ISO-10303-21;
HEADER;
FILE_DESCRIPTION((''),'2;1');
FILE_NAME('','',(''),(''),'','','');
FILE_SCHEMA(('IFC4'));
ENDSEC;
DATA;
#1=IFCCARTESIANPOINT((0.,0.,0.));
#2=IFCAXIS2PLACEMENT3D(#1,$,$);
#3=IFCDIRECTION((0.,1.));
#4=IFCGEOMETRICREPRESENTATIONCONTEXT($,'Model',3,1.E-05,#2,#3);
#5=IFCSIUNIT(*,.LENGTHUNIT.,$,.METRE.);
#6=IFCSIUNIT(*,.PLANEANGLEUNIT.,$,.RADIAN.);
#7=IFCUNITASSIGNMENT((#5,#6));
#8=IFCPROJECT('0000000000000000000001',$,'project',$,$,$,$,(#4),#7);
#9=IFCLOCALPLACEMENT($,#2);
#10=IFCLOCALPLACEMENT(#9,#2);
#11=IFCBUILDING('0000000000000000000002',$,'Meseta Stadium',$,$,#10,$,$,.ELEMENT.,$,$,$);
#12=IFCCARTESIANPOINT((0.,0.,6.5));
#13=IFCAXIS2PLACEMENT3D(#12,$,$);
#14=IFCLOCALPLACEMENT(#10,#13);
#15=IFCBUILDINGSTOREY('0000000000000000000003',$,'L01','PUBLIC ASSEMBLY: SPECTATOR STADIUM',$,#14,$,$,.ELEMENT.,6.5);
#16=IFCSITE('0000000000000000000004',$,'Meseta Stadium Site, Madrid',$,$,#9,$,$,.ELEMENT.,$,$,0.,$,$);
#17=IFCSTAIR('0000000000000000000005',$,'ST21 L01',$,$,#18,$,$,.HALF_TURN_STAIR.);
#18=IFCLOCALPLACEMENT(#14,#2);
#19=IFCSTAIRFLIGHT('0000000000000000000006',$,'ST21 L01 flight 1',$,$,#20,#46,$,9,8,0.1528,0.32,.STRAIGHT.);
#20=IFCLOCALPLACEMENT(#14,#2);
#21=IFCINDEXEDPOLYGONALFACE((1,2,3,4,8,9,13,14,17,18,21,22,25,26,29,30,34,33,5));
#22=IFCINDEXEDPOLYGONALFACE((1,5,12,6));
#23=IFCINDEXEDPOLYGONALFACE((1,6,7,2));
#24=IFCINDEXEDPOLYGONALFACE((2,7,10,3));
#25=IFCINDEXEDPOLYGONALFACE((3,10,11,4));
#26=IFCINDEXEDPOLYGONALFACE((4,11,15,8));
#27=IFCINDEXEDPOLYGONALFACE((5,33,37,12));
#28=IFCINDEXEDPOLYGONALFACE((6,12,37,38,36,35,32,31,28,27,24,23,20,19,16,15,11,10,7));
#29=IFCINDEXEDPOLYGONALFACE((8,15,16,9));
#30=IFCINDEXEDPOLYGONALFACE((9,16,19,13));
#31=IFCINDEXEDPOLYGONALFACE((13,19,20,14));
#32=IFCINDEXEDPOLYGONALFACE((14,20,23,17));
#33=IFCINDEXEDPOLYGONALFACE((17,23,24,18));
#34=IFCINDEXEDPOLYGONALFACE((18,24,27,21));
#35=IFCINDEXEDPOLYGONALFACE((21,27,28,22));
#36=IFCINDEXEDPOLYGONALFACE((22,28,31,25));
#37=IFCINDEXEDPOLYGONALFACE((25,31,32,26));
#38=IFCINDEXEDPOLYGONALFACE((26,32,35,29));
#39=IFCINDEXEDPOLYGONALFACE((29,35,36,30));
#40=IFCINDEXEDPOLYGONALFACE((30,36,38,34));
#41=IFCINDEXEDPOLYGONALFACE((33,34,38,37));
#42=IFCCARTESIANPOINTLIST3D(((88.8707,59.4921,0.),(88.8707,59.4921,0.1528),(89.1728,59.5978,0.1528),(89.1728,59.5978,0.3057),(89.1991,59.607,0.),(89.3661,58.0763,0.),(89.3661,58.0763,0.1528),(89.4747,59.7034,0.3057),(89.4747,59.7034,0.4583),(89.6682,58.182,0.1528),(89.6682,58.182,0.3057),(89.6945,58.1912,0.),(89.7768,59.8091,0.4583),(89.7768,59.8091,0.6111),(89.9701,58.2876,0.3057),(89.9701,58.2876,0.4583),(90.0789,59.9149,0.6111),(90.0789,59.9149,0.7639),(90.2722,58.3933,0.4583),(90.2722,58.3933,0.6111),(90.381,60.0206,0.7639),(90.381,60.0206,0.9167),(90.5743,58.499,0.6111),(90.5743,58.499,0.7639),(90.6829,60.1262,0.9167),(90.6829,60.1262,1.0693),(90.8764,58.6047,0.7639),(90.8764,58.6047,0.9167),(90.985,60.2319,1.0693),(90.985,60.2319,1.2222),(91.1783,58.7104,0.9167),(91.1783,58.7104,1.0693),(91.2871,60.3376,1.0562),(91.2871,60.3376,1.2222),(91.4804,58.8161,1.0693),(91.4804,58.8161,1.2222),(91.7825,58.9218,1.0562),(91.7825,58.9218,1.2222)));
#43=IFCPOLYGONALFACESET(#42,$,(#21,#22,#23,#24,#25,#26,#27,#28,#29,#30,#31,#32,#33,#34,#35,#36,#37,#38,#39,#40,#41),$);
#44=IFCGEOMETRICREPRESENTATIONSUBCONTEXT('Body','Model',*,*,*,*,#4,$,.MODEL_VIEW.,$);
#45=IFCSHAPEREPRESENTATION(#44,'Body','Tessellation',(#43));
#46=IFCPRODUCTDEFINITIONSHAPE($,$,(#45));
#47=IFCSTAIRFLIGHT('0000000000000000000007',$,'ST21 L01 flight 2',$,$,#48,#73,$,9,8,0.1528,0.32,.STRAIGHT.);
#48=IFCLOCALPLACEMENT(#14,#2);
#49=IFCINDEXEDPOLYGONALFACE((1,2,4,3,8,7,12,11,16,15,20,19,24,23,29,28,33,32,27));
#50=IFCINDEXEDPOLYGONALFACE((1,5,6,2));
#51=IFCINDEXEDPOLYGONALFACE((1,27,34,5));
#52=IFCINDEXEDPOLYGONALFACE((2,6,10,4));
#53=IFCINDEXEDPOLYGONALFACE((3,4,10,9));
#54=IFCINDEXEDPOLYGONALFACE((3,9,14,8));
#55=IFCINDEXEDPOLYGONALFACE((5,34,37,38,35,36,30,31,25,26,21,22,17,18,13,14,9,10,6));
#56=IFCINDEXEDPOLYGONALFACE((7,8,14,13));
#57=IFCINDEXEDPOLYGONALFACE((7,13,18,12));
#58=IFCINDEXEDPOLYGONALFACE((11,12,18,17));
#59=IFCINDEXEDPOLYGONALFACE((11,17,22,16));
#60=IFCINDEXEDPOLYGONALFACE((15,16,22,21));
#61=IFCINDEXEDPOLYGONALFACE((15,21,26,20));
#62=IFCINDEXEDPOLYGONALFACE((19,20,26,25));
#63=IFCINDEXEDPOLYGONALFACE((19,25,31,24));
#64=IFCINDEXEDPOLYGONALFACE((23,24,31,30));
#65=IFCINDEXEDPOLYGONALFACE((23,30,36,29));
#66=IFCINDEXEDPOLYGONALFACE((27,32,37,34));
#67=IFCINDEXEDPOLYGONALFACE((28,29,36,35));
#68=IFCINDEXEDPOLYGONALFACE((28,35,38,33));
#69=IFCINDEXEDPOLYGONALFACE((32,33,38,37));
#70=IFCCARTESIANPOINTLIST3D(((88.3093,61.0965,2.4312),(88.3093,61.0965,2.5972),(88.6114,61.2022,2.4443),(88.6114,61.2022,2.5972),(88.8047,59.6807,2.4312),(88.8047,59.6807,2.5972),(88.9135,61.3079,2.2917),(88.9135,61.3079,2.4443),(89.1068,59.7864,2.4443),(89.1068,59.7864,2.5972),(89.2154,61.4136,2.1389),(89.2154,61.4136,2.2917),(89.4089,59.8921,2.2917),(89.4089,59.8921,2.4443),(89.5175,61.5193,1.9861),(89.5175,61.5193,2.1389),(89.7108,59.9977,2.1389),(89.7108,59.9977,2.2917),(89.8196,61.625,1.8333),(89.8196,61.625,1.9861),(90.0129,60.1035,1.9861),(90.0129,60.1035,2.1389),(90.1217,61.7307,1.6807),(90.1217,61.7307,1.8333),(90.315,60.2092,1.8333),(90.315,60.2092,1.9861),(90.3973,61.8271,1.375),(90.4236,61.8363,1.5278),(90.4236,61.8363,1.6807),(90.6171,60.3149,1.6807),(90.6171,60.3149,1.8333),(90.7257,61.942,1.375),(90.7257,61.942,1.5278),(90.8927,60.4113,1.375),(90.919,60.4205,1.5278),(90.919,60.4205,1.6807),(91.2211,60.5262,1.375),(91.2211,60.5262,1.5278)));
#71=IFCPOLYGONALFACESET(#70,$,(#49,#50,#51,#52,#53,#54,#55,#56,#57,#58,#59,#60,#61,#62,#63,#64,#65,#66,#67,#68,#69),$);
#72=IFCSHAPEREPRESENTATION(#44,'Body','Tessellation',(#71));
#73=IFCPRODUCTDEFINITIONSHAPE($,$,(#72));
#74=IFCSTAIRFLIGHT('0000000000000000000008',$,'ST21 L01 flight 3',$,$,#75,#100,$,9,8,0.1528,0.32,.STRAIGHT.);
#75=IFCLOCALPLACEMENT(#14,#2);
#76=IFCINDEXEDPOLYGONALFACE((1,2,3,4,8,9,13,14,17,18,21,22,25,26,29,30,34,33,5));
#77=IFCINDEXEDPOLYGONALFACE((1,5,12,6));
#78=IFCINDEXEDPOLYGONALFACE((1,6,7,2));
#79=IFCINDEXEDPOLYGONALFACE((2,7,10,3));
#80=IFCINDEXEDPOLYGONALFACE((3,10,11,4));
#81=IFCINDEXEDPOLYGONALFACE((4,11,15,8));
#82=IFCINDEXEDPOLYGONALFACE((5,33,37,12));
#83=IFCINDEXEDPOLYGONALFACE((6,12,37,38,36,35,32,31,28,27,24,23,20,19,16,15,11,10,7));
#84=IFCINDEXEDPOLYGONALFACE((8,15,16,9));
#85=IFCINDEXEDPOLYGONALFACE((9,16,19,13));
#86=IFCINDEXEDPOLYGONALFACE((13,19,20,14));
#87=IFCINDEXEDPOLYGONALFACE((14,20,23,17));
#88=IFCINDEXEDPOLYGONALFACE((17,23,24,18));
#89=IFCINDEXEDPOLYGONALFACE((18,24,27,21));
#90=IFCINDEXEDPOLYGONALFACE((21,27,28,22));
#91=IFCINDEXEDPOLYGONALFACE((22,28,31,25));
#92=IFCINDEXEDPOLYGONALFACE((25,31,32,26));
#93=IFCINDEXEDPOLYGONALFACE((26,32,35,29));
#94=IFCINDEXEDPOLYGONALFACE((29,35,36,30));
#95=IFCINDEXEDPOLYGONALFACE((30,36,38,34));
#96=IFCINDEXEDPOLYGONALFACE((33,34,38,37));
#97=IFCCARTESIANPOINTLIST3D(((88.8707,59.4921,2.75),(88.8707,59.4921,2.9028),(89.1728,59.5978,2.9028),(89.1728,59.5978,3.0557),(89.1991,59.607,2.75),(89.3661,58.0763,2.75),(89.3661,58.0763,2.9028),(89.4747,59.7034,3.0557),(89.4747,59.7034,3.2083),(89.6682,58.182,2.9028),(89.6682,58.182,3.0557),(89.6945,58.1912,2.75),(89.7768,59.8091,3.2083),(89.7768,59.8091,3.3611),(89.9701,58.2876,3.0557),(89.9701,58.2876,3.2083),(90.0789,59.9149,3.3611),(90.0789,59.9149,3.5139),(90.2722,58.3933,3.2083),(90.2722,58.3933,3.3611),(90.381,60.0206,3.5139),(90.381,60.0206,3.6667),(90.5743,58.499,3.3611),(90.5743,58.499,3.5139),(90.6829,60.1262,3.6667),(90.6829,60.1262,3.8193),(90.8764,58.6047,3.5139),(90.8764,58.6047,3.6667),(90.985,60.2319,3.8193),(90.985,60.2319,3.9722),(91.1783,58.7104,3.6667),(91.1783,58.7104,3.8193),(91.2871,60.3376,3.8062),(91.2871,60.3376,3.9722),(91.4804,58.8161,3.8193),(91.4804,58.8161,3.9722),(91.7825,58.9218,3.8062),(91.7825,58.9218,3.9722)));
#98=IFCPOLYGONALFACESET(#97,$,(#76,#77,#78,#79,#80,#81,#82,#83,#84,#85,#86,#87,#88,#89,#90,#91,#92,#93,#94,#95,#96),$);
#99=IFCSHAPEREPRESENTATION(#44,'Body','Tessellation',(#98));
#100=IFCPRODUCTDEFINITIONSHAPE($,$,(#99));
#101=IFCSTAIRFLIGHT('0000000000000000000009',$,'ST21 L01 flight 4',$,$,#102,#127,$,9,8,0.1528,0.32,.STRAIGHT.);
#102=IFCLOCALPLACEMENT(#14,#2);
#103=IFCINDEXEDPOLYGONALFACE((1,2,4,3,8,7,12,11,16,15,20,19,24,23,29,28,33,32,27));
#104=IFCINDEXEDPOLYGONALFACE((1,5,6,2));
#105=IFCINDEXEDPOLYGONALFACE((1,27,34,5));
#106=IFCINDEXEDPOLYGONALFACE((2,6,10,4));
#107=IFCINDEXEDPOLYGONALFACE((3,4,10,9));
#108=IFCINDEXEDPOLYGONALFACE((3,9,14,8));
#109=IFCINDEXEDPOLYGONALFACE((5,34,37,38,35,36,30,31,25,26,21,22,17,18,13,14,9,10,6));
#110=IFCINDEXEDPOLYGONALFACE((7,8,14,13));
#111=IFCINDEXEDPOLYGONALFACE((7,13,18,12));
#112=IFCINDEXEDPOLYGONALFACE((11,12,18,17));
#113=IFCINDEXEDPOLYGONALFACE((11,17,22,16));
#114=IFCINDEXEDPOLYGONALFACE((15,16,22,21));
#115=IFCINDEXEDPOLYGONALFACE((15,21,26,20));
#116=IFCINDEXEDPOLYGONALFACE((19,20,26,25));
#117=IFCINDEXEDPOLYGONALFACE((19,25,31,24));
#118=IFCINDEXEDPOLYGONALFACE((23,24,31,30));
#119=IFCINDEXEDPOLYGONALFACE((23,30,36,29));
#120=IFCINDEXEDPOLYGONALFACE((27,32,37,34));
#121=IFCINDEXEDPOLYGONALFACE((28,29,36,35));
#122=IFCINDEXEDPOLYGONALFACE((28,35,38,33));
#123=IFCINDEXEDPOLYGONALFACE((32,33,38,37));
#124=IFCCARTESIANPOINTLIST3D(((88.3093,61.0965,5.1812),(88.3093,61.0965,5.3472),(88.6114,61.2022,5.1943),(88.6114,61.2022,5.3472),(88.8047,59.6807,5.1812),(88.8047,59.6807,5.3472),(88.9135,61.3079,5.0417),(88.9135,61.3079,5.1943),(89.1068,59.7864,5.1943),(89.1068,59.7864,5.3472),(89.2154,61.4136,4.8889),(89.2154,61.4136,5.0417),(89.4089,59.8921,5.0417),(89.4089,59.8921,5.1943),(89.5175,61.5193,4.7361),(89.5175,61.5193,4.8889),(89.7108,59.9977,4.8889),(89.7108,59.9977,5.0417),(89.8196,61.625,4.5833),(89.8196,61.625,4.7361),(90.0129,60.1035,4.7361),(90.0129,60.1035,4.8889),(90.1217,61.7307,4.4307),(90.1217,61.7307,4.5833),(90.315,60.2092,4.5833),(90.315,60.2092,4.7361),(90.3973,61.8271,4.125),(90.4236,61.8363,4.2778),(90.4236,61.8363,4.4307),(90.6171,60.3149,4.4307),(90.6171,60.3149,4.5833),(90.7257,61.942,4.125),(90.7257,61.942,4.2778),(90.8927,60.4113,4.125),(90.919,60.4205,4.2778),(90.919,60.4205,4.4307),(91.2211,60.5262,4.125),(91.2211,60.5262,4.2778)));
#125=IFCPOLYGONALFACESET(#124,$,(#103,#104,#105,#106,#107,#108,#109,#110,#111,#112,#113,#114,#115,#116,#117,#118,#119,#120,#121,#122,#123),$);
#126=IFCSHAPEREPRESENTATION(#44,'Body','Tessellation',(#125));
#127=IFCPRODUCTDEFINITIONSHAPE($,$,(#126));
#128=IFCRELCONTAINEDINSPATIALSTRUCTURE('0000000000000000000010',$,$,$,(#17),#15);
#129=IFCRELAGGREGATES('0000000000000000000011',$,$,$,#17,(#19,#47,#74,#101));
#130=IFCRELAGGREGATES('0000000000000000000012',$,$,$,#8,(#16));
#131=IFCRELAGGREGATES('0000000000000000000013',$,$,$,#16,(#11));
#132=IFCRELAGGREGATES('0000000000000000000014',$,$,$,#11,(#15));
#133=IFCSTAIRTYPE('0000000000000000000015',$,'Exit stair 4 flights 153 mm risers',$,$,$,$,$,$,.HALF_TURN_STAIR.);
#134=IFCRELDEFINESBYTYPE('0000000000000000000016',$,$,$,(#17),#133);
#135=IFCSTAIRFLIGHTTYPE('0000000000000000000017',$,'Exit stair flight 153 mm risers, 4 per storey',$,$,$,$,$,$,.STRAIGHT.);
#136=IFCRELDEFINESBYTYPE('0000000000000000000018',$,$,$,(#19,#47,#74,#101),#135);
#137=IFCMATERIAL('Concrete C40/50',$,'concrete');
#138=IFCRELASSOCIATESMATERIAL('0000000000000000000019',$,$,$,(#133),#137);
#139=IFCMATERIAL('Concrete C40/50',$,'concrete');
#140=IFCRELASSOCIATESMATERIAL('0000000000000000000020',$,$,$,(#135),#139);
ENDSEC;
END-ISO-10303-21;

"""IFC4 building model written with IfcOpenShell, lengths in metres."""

from ifc_helpers import new_model, si_unit, direction, frame, origin, place, context, subcontext, project, spatial, polyline, outline, extrude, material, type_object, element, aggregate, save


model = new_model("IFC4")

# Units and contexts
model_context = context("Model", 3, precision=1e-05, world=origin(), true_north=direction((0.0, 1.0)))
body_context = subcontext(model_context, "Body", "Model", "MODEL_VIEW")
ifc_project = project(units=[si_unit("LENGTHUNIT", "METRE"), si_unit("PLANEANGLEUNIT", "RADIAN")], contexts=[model_context])

# Site, building, storey
site_placement = place(None, origin())
site = spatial("IfcSite", under=ifc_project, at=site_placement, Name="Meseta Stadium Site, Madrid", CompositionType="ELEMENT", RefElevation=0.0)
building_placement = place(site_placement, origin())
building = spatial("IfcBuilding", under=site, at=building_placement, Name="Meseta Stadium", CompositionType="ELEMENT")
storey_placement = place(building_placement, frame((0.0, 0.0, 6.5)))
storey = spatial("IfcBuildingStorey", under=building, at=storey_placement, Name="L01", Description="PUBLIC ASSEMBLY: SPECTATOR STADIUM", CompositionType="ELEMENT", Elevation=6.5)

# Stair, stair flights
ifc_material_1 = material(Name="Concrete C40/50", Category="concrete")
stair_type = type_object("IfcStairType", Name="Exit stair 4 flights 153 mm risers", PredefinedType="HALF_TURN_STAIR", material=ifc_material_1)
stair_placement = place(storey_placement, origin())
stair = element("IfcStair", 1, at=stair_placement, inside=storey, type_object=stair_type, Name="ST21 L01", PredefinedType="HALF_TURN_STAIR")
ifc_material_2 = material(Name="Concrete C40/50", Category="concrete")
stair_flight_type = type_object("IfcStairFlightType", Name="Exit stair flight 153 mm risers, 4 per storey", PredefinedType="STRAIGHT", material=ifc_material_2)
stair_flight_1_placement = place(storey_placement, frame((89.1184, 58.7842, 0.0), z_axis=(0.0, 0.0, 1.0), x_axis=(0.943883, 0.330279, 0.0)))
stair_flight_1 = element("IfcStairFlight", 2, at=stair_flight_1_placement, type_object=stair_flight_type, Name="ST21 L01 flight 1", NumberOfRisers=9, NumberOfTreads=8, PredefinedType="STRAIGHT", RiserHeight=0.1528, TreadLength=0.32, context=body_context, shape_type="SweptSolid", body=[
    extrude(outline(polyline([(0.0, 0.0), (0.0, 0.1528), (0.3201, 0.1528), (0.3201, 0.3057), (0.6399, 0.3057), (0.6399, 0.4583), (0.96, 0.4583), (0.96, 0.6111), (1.28, 0.6111), (1.28, 0.7639), (1.6001, 0.7639), (1.6001, 0.9167), (1.9199, 0.9167), (1.9199, 1.0693), (2.24, 1.0693), (2.24, 1.2222), (2.5601, 1.2222), (2.5601, 1.0562), (0.3479, 0.0), (0.0, 0.0)])), frame((0.0, 0.75, 0.0), z_axis=(0.0, -1.0, 0.0), x_axis=(1.0, 0.0, 0.0)), (0.0, 0.0, 1.0), 1.5),
])
stair_flight_2_placement = place(storey_placement, frame((90.9734, 61.2341, 1.375), z_axis=(0.0, 0.0, 1.0), x_axis=(-0.943883, -0.330279, 0.0)))
stair_flight_2 = element("IfcStairFlight", 3, at=stair_flight_2_placement, type_object=stair_flight_type, Name="ST21 L01 flight 2", NumberOfRisers=9, NumberOfTreads=8, PredefinedType="STRAIGHT", RiserHeight=0.1528, TreadLength=0.32, context=body_context, shape_type="SweptSolid", body=[
    extrude(outline(polyline([(0.0, 0.0), (0.0, 0.1528), (0.3201, 0.1528), (0.3201, 0.3057), (0.6399, 0.3057), (0.6399, 0.4583), (0.96, 0.4583), (0.96, 0.6111), (1.28, 0.6111), (1.28, 0.7639), (1.6001, 0.7639), (1.6001, 0.9167), (1.9199, 0.9167), (1.9199, 1.0693), (2.24, 1.0693), (2.24, 1.2222), (2.5601, 1.2222), (2.5601, 1.0562), (0.3479, 0.0), (0.0, 0.0)])), frame((0.0, 0.75, 0.0), z_axis=(0.0, -1.0, 0.0), x_axis=(1.0, 0.0, 0.0)), (0.0, 0.0, 1.0), 1.5),
])
stair_flight_3_placement = place(storey_placement, frame((89.1184, 58.7842, 2.75), z_axis=(0.0, 0.0, 1.0), x_axis=(0.943883, 0.330279, 0.0)))
stair_flight_3 = element("IfcStairFlight", 4, at=stair_flight_3_placement, type_object=stair_flight_type, Name="ST21 L01 flight 3", NumberOfRisers=9, NumberOfTreads=8, PredefinedType="STRAIGHT", RiserHeight=0.1528, TreadLength=0.32, context=body_context, shape_type="SweptSolid", body=[
    extrude(outline(polyline([(0.0, 0.0), (0.0, 0.1528), (0.3201, 0.1528), (0.3201, 0.3057), (0.6399, 0.3057), (0.6399, 0.4583), (0.96, 0.4583), (0.96, 0.6111), (1.28, 0.6111), (1.28, 0.7639), (1.6001, 0.7639), (1.6001, 0.9167), (1.9199, 0.9167), (1.9199, 1.0693), (2.24, 1.0693), (2.24, 1.2222), (2.5601, 1.2222), (2.5601, 1.0562), (0.3479, 0.0), (0.0, 0.0)])), frame((0.0, 0.75, 0.0), z_axis=(0.0, -1.0, 0.0), x_axis=(1.0, 0.0, 0.0)), (0.0, 0.0, 1.0), 1.5),
])
stair_flight_4_placement = place(storey_placement, frame((90.9734, 61.2341, 4.125), z_axis=(0.0, 0.0, 1.0), x_axis=(-0.943883, -0.330279, 0.0)))
stair_flight_4 = element("IfcStairFlight", 5, at=stair_flight_4_placement, type_object=stair_flight_type, Name="ST21 L01 flight 4", NumberOfRisers=9, NumberOfTreads=8, PredefinedType="STRAIGHT", RiserHeight=0.1528, TreadLength=0.32, context=body_context, shape_type="SweptSolid", body=[
    extrude(outline(polyline([(0.0, 0.0), (0.0, 0.1528), (0.3201, 0.1528), (0.3201, 0.3057), (0.6399, 0.3057), (0.6399, 0.4583), (0.96, 0.4583), (0.96, 0.6111), (1.28, 0.6111), (1.28, 0.7639), (1.6001, 0.7639), (1.6001, 0.9167), (1.9199, 0.9167), (1.9199, 1.0693), (2.24, 1.0693), (2.24, 1.2222), (2.5601, 1.2222), (2.5601, 1.0562), (0.3479, 0.0), (0.0, 0.0)])), frame((0.0, 0.75, 0.0), z_axis=(0.0, -1.0, 0.0), x_axis=(1.0, 0.0, 0.0)), (0.0, 0.0, 1.0), 1.5),
])
aggregate(stair, [stair_flight_1, stair_flight_2, stair_flight_3, stair_flight_4])

save(model, "model.ifc")
